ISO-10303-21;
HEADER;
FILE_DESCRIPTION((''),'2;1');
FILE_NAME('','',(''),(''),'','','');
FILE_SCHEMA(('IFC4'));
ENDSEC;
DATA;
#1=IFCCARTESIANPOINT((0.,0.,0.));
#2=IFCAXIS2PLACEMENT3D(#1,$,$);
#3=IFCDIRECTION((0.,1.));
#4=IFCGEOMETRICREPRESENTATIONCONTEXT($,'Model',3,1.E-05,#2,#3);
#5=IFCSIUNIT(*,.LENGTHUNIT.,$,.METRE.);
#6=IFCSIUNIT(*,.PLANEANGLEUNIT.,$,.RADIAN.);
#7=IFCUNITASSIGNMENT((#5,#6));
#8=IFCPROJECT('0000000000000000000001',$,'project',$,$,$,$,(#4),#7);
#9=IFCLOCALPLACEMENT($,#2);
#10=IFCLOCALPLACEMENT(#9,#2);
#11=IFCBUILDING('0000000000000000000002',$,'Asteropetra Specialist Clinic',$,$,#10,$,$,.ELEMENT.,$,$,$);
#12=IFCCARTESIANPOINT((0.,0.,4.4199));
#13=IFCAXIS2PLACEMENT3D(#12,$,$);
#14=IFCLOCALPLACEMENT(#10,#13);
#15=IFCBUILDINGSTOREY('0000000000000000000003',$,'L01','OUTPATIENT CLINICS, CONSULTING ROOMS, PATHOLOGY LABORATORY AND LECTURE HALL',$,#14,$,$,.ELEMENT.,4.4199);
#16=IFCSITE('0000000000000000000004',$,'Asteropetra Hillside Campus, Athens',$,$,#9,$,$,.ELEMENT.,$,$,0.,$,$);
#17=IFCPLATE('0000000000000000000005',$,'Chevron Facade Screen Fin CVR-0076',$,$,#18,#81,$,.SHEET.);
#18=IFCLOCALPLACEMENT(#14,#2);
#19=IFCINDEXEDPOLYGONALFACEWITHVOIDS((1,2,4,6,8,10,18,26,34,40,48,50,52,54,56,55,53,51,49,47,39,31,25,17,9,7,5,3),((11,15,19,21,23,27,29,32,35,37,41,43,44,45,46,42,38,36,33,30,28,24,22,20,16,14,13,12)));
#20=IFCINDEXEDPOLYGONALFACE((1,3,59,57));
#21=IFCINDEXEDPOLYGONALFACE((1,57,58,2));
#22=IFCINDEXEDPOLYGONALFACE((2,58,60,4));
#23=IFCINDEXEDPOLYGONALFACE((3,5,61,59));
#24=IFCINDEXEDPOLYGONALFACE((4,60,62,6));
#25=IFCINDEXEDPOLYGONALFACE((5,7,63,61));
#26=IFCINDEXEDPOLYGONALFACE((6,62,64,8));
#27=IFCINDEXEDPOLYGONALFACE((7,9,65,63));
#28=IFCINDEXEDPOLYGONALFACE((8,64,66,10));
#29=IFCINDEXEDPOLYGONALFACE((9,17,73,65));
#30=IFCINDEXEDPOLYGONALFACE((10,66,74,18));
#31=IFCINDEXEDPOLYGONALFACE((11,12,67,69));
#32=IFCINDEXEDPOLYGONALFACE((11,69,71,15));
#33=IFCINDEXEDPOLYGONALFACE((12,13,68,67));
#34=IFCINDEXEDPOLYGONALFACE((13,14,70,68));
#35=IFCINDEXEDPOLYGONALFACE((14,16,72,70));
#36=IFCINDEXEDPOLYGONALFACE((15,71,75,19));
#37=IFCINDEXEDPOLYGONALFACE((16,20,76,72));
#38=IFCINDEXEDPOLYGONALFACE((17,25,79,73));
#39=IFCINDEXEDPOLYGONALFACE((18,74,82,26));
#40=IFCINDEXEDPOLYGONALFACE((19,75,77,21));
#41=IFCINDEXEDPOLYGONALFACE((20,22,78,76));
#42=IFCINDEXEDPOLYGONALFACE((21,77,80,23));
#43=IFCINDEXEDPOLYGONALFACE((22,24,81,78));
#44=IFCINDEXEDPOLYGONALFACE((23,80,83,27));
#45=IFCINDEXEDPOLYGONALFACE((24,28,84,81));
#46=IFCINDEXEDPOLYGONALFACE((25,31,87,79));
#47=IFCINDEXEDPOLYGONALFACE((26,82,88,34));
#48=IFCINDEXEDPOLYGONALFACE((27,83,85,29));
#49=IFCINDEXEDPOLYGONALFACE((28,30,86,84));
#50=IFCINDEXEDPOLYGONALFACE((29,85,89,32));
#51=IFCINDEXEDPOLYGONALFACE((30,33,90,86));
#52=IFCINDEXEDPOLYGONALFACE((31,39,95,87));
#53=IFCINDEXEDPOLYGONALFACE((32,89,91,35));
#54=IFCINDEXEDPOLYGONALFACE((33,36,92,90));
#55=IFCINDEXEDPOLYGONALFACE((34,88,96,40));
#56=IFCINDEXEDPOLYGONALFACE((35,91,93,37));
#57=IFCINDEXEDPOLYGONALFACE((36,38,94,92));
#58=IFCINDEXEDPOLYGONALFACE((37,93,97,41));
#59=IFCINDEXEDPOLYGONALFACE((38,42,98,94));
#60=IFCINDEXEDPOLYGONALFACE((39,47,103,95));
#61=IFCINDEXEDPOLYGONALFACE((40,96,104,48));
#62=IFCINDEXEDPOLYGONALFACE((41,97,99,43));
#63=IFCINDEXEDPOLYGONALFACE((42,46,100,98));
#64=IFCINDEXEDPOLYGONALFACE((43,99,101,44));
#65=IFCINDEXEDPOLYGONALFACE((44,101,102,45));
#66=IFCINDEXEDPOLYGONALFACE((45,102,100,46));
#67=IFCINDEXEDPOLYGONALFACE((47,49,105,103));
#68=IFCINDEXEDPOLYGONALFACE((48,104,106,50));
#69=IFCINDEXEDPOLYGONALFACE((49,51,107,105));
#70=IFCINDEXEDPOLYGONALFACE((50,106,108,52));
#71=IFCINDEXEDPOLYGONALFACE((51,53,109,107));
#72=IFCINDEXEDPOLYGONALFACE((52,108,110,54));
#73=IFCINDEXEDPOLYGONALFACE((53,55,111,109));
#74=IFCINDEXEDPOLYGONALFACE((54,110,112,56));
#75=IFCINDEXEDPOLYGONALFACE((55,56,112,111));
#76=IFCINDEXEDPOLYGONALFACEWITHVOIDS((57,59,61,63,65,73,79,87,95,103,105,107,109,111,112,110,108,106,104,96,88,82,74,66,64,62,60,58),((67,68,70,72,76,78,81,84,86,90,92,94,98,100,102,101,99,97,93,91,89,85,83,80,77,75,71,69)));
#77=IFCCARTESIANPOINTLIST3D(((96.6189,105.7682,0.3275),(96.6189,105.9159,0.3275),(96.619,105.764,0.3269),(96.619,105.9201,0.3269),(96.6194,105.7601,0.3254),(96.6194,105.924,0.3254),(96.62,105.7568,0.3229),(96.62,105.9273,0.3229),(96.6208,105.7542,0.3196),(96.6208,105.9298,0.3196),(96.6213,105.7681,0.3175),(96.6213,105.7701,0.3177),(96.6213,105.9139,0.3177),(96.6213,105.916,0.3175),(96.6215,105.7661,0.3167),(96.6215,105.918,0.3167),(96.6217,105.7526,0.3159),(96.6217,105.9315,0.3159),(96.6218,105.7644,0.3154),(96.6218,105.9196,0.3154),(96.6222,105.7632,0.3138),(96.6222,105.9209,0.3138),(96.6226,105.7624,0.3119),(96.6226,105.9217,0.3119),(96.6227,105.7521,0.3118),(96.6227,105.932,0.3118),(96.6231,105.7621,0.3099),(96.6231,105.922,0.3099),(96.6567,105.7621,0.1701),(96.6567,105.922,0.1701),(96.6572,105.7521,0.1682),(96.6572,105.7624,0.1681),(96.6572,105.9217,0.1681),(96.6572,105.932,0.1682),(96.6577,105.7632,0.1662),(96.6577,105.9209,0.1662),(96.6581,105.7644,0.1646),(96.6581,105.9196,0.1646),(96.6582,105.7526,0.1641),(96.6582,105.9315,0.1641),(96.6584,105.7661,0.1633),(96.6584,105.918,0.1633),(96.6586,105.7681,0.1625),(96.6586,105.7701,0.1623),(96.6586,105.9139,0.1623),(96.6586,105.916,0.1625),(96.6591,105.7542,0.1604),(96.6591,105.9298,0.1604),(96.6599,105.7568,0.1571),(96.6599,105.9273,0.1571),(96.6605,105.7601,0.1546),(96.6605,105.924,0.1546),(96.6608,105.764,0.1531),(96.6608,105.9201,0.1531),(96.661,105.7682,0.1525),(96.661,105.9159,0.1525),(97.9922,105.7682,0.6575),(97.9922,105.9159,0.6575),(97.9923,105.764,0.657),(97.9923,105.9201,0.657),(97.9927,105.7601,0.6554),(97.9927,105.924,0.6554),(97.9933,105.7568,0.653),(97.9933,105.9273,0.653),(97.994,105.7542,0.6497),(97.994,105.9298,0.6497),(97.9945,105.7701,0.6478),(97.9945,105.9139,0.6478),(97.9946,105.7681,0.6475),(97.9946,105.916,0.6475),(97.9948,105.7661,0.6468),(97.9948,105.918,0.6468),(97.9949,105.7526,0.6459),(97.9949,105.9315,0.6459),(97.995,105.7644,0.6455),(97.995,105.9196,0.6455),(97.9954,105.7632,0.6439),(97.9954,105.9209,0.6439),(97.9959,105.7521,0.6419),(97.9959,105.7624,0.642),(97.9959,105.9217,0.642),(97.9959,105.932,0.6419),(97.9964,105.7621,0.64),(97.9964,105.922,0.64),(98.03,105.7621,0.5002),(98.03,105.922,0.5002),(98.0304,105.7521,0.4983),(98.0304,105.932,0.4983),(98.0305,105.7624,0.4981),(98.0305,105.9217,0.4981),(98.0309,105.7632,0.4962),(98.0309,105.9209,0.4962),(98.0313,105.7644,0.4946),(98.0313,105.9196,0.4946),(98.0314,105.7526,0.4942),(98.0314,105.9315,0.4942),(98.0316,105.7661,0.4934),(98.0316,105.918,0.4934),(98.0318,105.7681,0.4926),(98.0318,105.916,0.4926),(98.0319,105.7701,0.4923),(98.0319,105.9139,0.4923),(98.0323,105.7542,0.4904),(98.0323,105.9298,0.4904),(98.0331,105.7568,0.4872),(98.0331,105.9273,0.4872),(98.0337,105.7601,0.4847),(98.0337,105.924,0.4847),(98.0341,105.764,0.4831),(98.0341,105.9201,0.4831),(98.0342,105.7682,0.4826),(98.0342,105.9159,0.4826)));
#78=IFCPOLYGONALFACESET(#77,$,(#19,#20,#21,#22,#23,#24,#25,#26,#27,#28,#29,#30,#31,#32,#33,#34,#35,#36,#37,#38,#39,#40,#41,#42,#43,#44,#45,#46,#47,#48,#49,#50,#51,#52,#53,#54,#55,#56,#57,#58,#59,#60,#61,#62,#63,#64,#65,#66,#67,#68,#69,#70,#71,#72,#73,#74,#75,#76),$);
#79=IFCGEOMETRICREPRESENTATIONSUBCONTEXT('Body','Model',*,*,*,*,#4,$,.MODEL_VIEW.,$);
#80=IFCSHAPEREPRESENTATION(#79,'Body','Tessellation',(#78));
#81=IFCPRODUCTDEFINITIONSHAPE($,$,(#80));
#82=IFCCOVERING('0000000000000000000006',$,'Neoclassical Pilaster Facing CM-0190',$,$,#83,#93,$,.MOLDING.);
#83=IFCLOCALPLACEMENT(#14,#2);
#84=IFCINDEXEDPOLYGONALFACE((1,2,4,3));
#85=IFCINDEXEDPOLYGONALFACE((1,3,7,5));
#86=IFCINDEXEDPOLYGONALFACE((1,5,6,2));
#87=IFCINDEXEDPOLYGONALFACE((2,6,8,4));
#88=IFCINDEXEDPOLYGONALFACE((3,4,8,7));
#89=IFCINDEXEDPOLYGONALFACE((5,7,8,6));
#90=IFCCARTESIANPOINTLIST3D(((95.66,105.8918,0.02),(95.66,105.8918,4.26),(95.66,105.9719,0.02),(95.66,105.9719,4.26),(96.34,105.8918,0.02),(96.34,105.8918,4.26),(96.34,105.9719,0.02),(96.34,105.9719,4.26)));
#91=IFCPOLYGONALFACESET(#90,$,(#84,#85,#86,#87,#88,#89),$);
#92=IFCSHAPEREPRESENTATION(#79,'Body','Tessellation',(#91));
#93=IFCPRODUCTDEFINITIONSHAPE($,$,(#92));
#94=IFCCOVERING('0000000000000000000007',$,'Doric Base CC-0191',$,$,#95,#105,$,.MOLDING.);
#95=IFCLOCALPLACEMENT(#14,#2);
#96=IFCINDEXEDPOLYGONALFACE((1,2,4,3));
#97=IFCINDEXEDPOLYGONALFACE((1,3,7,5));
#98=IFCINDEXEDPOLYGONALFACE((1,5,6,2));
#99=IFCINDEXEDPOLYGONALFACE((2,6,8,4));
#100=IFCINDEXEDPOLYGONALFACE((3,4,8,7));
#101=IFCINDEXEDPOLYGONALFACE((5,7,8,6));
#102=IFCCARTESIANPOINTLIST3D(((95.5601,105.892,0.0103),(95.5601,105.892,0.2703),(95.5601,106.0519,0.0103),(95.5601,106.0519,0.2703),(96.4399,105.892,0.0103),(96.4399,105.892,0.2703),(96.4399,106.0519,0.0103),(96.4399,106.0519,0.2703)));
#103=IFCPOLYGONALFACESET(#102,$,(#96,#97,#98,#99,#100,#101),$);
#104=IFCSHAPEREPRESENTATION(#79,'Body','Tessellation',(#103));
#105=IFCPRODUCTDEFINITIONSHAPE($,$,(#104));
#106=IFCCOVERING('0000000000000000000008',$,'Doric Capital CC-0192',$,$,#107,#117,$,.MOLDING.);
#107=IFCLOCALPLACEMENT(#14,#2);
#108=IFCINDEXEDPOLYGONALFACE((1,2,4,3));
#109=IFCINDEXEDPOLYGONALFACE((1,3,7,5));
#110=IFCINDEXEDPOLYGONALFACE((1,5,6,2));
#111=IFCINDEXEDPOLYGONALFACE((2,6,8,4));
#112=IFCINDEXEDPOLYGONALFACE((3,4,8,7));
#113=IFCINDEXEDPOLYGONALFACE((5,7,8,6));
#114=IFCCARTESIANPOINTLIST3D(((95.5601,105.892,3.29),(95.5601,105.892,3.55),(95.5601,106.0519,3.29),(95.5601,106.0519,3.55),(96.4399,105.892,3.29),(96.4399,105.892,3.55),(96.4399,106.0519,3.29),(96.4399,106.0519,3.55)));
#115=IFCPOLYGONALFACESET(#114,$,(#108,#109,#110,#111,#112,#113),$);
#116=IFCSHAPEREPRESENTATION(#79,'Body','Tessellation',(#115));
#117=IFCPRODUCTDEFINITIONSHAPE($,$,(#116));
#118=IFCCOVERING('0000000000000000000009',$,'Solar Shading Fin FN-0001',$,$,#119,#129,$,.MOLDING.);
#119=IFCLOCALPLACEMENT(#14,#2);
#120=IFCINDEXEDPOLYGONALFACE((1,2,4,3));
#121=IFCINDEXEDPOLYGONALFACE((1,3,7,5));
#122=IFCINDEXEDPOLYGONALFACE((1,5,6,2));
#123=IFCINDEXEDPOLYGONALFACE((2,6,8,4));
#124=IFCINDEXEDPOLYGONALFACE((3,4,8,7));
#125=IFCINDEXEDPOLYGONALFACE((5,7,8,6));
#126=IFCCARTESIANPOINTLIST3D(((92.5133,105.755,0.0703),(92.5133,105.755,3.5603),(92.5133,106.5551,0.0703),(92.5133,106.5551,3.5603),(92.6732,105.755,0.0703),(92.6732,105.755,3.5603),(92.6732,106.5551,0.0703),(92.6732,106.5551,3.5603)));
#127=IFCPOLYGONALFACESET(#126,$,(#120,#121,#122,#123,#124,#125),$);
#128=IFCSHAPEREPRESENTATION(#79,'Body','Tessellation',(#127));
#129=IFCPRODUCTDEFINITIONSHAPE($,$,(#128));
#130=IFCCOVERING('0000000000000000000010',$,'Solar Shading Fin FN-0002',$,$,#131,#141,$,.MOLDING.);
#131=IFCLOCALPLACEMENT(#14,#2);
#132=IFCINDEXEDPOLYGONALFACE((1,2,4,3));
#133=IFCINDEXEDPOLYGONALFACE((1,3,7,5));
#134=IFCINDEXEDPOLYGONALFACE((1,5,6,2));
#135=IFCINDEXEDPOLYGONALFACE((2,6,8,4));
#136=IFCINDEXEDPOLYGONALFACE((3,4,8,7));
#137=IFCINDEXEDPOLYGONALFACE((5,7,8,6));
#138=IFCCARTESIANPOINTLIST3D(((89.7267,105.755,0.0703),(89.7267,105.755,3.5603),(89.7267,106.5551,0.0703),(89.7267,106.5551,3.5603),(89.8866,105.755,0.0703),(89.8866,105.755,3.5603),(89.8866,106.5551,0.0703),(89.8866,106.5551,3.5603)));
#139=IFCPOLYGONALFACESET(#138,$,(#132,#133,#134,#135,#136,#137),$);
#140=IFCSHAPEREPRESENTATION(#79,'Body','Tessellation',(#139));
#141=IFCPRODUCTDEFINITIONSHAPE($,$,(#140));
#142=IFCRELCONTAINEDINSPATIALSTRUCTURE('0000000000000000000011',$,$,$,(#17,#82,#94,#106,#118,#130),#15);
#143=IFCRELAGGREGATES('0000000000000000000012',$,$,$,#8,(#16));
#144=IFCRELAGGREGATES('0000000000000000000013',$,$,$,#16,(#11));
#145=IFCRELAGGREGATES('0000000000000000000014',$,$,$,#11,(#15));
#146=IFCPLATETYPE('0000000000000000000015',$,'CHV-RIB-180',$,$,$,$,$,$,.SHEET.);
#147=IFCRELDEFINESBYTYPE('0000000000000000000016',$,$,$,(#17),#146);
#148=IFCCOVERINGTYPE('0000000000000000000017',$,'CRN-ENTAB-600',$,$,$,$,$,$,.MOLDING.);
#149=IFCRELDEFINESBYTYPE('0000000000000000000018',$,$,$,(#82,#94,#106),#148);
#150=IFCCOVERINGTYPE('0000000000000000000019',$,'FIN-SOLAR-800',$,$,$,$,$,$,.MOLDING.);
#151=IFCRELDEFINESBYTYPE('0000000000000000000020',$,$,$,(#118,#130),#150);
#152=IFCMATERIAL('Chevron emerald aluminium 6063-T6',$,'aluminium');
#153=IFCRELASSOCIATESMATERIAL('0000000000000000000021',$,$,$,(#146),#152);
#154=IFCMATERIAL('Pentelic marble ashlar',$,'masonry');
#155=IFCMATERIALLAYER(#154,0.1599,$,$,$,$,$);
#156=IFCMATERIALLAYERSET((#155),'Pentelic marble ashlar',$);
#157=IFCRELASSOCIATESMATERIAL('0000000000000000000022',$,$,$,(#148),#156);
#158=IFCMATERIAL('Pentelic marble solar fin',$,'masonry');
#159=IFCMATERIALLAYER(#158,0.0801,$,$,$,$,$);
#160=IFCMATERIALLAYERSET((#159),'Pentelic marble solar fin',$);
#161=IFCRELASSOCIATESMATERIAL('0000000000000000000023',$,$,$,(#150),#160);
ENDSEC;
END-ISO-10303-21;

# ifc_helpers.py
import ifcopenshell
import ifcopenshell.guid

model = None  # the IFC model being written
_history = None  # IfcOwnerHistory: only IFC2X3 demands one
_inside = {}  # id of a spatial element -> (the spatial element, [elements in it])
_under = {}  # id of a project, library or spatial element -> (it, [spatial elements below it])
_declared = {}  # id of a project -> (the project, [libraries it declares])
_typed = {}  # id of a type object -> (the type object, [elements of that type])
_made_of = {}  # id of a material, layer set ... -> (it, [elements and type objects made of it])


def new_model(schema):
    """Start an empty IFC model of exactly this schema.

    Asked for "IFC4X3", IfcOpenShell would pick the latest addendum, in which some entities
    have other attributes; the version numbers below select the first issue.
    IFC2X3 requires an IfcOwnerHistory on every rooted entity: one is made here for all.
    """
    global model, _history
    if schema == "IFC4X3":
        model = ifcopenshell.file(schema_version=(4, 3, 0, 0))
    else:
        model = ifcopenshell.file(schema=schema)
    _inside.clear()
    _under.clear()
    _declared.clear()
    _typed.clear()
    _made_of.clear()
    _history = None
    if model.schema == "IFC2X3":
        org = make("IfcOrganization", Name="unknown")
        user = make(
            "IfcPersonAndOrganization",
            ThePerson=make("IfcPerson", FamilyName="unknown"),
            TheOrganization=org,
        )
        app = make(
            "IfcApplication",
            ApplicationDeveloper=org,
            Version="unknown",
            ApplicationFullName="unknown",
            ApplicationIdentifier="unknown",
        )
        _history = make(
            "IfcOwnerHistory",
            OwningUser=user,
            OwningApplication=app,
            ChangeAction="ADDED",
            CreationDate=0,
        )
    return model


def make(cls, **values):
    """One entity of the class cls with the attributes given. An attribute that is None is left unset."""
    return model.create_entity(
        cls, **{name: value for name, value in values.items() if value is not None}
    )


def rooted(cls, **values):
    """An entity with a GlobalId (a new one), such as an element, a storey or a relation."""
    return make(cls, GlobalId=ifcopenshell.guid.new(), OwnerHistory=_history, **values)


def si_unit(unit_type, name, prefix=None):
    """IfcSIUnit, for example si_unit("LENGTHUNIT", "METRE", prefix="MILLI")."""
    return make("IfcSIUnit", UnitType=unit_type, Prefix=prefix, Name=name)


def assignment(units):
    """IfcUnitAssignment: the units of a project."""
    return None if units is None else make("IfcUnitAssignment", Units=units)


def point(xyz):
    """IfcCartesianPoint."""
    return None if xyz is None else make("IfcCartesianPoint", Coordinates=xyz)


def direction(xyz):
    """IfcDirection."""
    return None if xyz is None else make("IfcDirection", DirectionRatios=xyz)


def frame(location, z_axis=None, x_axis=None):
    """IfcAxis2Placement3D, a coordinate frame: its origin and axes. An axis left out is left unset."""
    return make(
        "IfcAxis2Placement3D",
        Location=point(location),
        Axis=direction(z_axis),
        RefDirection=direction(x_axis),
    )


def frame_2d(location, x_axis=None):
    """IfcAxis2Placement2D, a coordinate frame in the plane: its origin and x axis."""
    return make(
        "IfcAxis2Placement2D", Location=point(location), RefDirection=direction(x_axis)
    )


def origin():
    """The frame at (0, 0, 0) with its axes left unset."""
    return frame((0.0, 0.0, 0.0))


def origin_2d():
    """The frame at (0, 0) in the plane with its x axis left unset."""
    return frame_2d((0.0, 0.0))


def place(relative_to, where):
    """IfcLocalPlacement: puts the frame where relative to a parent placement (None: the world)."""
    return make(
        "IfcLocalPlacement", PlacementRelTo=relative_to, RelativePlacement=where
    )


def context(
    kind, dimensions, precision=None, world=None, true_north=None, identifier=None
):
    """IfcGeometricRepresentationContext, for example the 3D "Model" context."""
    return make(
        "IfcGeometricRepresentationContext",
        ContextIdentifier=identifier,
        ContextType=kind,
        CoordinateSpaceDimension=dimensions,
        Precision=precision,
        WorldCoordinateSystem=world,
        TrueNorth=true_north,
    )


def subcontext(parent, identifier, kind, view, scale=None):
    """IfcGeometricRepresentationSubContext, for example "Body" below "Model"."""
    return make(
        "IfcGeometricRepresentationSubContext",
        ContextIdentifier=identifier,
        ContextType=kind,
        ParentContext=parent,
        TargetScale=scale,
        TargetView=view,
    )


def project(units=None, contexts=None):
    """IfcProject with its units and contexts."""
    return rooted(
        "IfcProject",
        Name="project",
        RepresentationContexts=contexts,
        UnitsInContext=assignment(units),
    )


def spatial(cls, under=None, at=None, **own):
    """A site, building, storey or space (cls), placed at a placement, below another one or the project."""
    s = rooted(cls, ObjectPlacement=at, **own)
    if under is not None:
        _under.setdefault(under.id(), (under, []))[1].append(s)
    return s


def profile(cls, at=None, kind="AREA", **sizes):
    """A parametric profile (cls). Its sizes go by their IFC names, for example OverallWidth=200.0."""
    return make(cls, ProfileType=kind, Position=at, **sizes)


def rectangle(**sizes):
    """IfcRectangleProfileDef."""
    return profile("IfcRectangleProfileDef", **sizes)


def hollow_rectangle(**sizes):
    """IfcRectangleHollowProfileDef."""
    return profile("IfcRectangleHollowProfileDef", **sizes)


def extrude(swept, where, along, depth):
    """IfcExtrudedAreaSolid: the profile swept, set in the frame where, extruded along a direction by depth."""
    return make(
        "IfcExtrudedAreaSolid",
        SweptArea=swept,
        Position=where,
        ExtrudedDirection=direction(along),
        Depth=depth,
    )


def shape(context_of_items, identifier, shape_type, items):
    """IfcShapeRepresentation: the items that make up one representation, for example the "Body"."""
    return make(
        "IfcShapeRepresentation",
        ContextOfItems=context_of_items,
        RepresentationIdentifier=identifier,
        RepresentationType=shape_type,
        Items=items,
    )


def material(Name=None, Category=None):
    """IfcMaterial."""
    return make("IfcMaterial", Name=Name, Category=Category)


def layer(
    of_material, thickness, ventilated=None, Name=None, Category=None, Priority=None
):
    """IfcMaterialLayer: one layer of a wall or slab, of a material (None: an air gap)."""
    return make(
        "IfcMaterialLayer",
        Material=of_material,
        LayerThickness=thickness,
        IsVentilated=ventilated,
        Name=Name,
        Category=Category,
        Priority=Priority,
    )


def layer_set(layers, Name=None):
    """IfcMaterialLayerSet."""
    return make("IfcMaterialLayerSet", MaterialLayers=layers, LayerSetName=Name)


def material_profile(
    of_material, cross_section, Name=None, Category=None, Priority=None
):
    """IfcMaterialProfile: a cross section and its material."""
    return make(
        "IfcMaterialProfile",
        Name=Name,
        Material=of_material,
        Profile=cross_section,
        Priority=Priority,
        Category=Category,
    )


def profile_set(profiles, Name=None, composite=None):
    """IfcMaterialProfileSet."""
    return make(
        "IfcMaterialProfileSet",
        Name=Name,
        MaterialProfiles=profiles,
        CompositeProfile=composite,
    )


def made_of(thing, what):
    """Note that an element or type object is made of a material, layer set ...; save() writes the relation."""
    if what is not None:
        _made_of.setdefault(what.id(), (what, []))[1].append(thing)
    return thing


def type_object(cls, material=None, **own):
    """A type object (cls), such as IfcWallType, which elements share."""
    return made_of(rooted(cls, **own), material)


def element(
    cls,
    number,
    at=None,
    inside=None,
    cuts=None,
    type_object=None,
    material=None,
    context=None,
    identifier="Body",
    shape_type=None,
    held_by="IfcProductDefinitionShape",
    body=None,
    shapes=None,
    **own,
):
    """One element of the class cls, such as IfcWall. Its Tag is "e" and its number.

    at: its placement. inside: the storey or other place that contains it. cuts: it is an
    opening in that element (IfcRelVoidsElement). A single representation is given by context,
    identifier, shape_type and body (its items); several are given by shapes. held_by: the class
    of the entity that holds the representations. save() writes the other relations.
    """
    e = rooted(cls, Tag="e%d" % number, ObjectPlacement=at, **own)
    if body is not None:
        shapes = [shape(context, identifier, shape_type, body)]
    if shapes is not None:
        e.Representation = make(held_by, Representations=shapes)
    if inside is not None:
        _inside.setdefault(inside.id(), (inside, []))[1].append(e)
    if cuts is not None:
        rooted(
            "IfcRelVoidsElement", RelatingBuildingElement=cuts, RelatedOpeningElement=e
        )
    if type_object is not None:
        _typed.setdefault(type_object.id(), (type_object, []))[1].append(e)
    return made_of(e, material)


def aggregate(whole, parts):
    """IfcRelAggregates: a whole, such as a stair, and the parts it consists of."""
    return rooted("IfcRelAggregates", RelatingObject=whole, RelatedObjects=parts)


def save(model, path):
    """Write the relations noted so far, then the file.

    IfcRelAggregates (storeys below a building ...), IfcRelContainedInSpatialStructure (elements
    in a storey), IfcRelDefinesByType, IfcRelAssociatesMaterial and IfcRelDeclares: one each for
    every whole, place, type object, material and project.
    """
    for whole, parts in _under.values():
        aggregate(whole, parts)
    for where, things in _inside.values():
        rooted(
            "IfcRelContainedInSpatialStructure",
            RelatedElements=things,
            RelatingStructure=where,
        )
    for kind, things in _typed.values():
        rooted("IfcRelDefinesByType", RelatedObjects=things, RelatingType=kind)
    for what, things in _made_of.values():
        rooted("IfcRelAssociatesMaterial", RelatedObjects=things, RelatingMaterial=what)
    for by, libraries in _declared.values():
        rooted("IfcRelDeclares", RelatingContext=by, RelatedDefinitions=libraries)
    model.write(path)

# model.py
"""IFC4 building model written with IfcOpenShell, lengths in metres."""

from ifc_helpers import new_model, si_unit, direction, frame, origin, origin_2d, place, context, subcontext, project, spatial, rectangle, hollow_rectangle, extrude, material, layer, layer_set, material_profile, profile_set, type_object, element, save


model = new_model("IFC4")

# Units and contexts
model_context = context("Model", 3, precision=1e-05, world=origin(), true_north=direction((0.0, 1.0)))
body_context = subcontext(model_context, "Body", "Model", "MODEL_VIEW")
ifc_project = project(units=[si_unit("LENGTHUNIT", "METRE"), si_unit("PLANEANGLEUNIT", "RADIAN")], contexts=[model_context])

# Site, building, storey
site_placement = place(None, origin())
site = spatial("IfcSite", under=ifc_project, at=site_placement, Name="Asteropetra Hillside Campus, Athens", CompositionType="ELEMENT", RefElevation=0.0)
building_placement = place(site_placement, origin())
building = spatial("IfcBuilding", under=site, at=building_placement, Name="Asteropetra Specialist Clinic", CompositionType="ELEMENT")
storey_placement = place(building_placement, frame((0.0, 0.0, 4.4199)))
storey = spatial("IfcBuildingStorey", under=building, at=storey_placement, Name="L01", Description="OUTPATIENT CLINICS, CONSULTING ROOMS, PATHOLOGY LABORATORY AND LECTURE HALL", CompositionType="ELEMENT", Elevation=4.4199)

# Plate
ifc_material_1 = material(Name="Chevron emerald aluminium 6063-T6", Category="aluminium")
ifc_material_profile = material_profile(ifc_material_1, hollow_rectangle(XDim=0.1799, YDim=0.1799, WallThickness=0.01, InnerFilletRadius=0.0081, OuterFilletRadius=0.0161, at=origin_2d()), Name="SHS 180x180x10.0")
ifc_profile_set = profile_set([ifc_material_profile], Name="Chevron emerald aluminium 6063-T6")
plate_type = type_object("IfcPlateType", Name="CHV-RIB-180", PredefinedType="SHEET", material=ifc_profile_set)
plate_1_placement = place(storey_placement, frame((98.0132, 105.842, 0.5701), z_axis=(-0.972309, 0.0, -0.2337), x_axis=(0.0, -1.0, 0.0)))
element("IfcPlate", 1, at=plate_1_placement, inside=storey, type_object=plate_type, Name="Chevron Facade Screen Fin CVR-0076", PredefinedType="SHEET", context=body_context, shape_type="SweptSolid", body=[
    extrude(hollow_rectangle(XDim=0.1799, YDim=0.1799, WallThickness=0.01, InnerFilletRadius=0.0081, OuterFilletRadius=0.0161, at=origin_2d()), origin(), (0.0, 0.0, 1.0), 1.4124),
])

# Coverings
ifc_material_2 = material(Name="Pentelic marble ashlar", Category="masonry")
ifc_layer_1 = layer(ifc_material_2, 0.1599)
ifc_layer_set_1 = layer_set([ifc_layer_1], Name="Pentelic marble ashlar")
covering_type_1 = type_object("IfcCoveringType", Name="CRN-ENTAB-600", PredefinedType="MOLDING", material=ifc_layer_set_1)
covering_placement = place(storey_placement, frame((96.0, 105.9319, 0.02), z_axis=(0.0, 0.0, 1.0), x_axis=(1.0, 0.0, 0.0)))
element("IfcCovering", 2, at=covering_placement, inside=storey, type_object=covering_type_1, Name="Neoclassical Pilaster Facing CM-0190", PredefinedType="MOLDING", context=body_context, shape_type="SweptSolid", body=[
    extrude(rectangle(XDim=0.6799, YDim=0.0801, at=origin_2d()), origin(), (0.0, 0.0, 1.0), 4.24),
])
for number, where, z_axis, x_axis, name in (
    (3, (96.0, 105.9719, 0.0103), (0.0, 0.0, 1.0), (1.0, 0.0, 0.0), "Doric Base CC-0191"),
    (4, (96.0, 105.9719, 3.29), (0.0, 0.0, 1.0), (1.0, 0.0, 0.0), "Doric Capital CC-0192"),
):
    element("IfcCovering", number, at=place(storey_placement, frame(where, z_axis=z_axis, x_axis=x_axis)), inside=storey, type_object=covering_type_1, Name=name, PredefinedType="MOLDING", context=body_context, shape_type="SweptSolid", body=[
        extrude(rectangle(XDim=0.8799, YDim=0.1599, at=origin_2d()), origin(), (0.0, 0.0, 1.0), 0.26),
    ])
ifc_material_3 = material(Name="Pentelic marble solar fin", Category="masonry")
ifc_layer_2 = layer(ifc_material_3, 0.0801)
ifc_layer_set_2 = layer_set([ifc_layer_2], Name="Pentelic marble solar fin")
covering_type_2 = type_object("IfcCoveringType", Name="FIN-SOLAR-800", PredefinedType="MOLDING", material=ifc_layer_set_2)
for number, where, z_axis, x_axis, name in (
    (5, (92.5933, 106.155, 0.0703), (0.0, 0.0, 1.0), (1.0, 0.0, 0.0), "Solar Shading Fin FN-0001"),
    (6, (89.8066, 106.155, 0.0703), (0.0, 0.0, 1.0), (1.0, 0.0, 0.0), "Solar Shading Fin FN-0002"),
):
    element("IfcCovering", number, at=place(storey_placement, frame(where, z_axis=z_axis, x_axis=x_axis)), inside=storey, type_object=covering_type_2, Name=name, PredefinedType="MOLDING", context=body_context, shape_type="SweptSolid", body=[
        extrude(rectangle(XDim=0.1599, YDim=0.8, at=origin_2d()), origin(), (0.0, 0.0, 1.0), 3.49),
    ])

save(model, "model.ifc")
